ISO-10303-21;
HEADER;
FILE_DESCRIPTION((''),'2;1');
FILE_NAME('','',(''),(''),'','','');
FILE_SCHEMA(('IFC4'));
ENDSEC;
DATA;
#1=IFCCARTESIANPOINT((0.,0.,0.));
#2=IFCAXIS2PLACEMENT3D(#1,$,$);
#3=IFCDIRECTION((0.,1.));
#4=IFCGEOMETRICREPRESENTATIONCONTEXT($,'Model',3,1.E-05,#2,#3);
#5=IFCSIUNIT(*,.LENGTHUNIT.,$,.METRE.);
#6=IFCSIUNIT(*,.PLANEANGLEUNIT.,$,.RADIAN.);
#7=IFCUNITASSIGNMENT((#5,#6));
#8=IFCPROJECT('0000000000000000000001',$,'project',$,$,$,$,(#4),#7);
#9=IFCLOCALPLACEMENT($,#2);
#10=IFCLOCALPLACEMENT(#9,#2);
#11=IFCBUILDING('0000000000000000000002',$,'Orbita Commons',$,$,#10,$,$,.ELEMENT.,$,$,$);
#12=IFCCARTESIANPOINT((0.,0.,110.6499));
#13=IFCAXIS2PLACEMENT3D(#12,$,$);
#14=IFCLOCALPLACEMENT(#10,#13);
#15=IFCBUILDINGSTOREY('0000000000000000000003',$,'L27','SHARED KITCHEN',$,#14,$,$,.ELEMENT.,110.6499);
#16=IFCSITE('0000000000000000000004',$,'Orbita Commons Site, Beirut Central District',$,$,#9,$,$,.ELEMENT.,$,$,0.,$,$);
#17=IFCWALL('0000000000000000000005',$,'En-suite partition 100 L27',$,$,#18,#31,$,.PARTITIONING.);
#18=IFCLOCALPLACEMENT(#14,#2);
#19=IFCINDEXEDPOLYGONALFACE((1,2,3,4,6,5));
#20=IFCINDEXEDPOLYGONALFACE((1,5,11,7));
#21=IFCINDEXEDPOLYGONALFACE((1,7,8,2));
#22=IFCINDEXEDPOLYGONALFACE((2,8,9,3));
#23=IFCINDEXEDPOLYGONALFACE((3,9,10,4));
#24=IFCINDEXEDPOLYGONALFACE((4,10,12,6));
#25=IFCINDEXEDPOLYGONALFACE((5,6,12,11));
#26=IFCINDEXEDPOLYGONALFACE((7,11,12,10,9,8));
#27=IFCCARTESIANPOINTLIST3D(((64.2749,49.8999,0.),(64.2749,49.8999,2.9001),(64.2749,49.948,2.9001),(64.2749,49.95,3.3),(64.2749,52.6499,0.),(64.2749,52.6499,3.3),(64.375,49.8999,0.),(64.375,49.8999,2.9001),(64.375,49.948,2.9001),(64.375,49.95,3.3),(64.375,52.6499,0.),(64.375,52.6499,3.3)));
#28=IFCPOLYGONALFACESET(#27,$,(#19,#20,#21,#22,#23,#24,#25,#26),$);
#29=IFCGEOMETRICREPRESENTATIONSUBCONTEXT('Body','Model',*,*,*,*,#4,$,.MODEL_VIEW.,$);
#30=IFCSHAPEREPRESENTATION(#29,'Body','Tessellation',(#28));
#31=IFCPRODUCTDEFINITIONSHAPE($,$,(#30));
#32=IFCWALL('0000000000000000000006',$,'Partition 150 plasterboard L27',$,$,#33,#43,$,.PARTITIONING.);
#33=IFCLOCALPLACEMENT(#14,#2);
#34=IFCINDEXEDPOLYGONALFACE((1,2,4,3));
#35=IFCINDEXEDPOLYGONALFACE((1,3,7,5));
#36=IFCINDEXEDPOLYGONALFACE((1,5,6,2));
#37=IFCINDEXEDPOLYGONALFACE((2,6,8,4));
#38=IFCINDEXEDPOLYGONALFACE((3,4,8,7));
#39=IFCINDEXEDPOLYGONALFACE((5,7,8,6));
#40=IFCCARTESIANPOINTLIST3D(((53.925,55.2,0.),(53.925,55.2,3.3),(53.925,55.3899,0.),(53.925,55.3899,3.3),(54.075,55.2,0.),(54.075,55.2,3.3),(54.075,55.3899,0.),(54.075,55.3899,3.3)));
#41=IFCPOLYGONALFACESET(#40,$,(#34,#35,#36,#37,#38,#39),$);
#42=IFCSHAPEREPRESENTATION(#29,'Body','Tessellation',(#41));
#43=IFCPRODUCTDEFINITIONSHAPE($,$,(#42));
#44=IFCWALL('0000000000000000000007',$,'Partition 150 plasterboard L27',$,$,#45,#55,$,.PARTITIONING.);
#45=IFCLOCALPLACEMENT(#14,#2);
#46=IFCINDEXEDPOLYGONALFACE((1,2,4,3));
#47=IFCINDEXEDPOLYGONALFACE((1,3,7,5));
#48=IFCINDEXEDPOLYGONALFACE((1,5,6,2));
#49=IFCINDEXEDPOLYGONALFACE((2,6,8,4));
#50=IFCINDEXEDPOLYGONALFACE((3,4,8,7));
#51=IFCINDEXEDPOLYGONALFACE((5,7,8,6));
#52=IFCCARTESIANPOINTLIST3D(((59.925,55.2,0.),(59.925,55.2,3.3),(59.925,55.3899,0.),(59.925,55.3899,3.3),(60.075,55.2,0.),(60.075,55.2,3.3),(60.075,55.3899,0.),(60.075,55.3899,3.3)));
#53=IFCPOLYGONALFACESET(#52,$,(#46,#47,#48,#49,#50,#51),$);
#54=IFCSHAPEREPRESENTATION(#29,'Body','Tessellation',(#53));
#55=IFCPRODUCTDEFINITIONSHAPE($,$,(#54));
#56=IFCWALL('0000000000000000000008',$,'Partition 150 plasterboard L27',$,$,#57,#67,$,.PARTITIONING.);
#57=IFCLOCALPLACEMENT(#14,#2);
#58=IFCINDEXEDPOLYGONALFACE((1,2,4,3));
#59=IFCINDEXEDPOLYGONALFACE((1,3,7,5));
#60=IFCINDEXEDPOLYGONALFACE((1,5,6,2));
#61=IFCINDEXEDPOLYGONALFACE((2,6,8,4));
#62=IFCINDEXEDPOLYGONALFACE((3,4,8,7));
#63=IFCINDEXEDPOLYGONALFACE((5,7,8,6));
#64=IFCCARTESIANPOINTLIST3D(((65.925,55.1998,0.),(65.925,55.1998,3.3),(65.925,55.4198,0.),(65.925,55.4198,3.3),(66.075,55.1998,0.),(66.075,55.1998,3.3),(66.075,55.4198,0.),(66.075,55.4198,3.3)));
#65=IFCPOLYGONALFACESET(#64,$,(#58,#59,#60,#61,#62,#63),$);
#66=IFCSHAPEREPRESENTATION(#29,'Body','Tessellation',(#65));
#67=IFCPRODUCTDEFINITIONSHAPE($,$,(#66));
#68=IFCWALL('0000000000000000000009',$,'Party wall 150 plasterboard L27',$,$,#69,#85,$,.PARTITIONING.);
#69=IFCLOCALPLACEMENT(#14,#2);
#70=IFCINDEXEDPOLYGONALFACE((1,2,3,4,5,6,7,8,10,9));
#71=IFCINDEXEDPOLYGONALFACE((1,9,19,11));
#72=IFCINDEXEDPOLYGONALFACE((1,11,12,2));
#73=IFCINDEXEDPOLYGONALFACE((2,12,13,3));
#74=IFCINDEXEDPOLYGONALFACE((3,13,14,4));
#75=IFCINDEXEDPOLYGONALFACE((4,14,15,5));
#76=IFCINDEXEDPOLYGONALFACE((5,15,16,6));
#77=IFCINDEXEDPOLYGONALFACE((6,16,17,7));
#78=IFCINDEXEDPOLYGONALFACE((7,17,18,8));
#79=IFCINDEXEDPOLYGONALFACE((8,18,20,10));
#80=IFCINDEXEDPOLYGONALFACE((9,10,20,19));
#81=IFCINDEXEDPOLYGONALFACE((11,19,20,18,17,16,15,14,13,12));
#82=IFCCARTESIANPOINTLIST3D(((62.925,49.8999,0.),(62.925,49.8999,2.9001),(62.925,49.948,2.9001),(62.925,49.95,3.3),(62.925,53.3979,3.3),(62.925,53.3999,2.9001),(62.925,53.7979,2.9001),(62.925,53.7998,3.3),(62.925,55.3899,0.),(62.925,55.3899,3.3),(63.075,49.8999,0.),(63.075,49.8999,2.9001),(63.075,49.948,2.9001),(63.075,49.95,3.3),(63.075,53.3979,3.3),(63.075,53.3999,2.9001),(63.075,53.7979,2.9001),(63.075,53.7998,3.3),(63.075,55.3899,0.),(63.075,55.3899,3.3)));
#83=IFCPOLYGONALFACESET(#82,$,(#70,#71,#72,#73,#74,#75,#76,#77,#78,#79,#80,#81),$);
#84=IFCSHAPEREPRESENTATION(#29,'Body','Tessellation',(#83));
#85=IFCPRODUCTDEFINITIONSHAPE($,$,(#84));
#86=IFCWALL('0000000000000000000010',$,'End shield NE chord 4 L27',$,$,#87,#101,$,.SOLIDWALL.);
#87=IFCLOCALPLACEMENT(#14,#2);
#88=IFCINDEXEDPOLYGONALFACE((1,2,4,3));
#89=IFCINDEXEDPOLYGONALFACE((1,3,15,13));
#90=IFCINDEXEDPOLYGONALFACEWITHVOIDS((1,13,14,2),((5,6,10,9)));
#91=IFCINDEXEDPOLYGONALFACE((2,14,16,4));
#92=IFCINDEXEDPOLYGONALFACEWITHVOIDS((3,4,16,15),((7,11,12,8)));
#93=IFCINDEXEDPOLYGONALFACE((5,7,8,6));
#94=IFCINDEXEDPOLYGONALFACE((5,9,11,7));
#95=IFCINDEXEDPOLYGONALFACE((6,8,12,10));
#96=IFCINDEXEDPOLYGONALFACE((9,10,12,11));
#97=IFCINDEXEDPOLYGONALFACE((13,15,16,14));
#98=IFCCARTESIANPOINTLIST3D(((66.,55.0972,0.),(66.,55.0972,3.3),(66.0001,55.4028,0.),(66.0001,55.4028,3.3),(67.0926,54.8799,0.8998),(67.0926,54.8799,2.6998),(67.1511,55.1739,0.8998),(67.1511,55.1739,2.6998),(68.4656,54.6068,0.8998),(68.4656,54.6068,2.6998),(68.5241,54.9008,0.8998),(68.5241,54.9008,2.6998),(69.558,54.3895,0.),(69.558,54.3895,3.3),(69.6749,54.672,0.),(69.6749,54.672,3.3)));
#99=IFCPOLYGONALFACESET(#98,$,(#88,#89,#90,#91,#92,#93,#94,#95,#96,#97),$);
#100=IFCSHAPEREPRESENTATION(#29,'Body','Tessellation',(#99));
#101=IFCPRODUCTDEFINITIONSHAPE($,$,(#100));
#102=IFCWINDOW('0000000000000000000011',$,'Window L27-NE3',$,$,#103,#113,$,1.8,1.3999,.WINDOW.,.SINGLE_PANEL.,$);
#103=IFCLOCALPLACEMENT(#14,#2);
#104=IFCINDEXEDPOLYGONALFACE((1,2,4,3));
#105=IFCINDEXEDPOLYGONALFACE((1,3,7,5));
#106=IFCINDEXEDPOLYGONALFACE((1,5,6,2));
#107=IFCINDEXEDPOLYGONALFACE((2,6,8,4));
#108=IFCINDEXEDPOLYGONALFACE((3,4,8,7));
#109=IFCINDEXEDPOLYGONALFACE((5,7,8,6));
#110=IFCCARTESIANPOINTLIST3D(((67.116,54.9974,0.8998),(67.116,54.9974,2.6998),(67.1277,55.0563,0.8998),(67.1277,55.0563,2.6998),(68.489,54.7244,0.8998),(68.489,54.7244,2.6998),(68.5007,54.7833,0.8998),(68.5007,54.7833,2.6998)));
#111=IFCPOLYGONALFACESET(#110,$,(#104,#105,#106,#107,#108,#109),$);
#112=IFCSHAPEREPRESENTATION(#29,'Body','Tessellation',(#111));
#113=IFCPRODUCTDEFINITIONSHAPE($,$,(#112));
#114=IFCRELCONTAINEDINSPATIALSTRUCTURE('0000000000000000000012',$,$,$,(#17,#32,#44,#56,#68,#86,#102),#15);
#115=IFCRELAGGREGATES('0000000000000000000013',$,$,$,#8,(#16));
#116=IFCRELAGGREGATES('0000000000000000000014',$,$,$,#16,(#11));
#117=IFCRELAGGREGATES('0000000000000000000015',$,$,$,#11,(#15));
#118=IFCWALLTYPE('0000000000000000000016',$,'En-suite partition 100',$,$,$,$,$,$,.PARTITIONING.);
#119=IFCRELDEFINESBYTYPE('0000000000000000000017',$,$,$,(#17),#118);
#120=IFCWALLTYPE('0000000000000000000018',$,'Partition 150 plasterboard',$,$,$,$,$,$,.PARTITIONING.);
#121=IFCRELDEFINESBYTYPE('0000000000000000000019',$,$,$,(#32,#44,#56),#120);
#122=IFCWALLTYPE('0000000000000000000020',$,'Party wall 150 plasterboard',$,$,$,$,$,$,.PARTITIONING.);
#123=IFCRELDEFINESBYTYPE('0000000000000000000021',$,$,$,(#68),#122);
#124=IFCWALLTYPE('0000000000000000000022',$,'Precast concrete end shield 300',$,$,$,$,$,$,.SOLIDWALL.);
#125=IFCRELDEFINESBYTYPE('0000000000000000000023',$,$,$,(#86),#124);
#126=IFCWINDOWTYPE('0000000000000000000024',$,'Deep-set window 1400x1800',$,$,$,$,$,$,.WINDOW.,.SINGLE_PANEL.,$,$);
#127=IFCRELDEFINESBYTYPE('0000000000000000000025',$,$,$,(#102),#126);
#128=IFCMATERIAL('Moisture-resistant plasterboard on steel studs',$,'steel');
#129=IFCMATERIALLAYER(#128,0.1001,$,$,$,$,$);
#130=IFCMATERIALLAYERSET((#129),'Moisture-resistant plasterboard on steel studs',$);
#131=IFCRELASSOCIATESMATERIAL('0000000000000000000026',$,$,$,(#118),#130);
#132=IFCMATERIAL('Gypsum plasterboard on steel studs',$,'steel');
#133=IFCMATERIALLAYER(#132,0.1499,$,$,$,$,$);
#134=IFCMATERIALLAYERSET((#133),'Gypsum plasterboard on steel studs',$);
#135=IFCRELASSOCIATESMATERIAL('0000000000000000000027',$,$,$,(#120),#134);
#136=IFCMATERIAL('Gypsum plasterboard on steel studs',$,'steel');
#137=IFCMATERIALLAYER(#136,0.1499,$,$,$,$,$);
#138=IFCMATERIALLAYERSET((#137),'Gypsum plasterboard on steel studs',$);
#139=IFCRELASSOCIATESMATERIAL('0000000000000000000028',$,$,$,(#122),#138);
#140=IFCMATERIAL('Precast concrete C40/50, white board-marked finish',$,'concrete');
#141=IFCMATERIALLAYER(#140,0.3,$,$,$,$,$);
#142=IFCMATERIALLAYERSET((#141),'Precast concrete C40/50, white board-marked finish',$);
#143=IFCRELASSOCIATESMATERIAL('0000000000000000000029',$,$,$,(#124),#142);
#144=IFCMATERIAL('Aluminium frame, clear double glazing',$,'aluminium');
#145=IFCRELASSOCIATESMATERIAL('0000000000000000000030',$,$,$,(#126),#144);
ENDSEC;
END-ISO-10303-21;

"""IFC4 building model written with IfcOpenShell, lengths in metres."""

from ifc_helpers import new_model, si_unit, direction, frame, frame_2d, origin, place, context, subcontext, project, spatial, polyline, rectangle, outline, extrude, material, layer, layer_set, type_object, element, fill, save


model = new_model("IFC4")

# Units and contexts
model_context = context("Model", 3, precision=1e-05, world=origin(), true_north=direction((0.0, 1.0)))
body_context = subcontext(model_context, "Body", "Model", "MODEL_VIEW")
ifc_project = project(units=[si_unit("LENGTHUNIT", "METRE"), si_unit("PLANEANGLEUNIT", "RADIAN")], contexts=[model_context])

# Site, building, storey
site_placement = place(None, origin())
site = spatial("IfcSite", under=ifc_project, at=site_placement, Name="Orbita Commons Site, Beirut Central District", CompositionType="ELEMENT", RefElevation=0.0)
building_placement = place(site_placement, origin())
building = spatial("IfcBuilding", under=site, at=building_placement, Name="Orbita Commons", CompositionType="ELEMENT")
storey_placement = place(building_placement, frame((0.0, 0.0, 110.6499)))
storey = spatial("IfcBuildingStorey", under=building, at=storey_placement, Name="L27", Description="SHARED KITCHEN", CompositionType="ELEMENT", Elevation=110.6499)

# Shared definitions
ifc_material_1 = material(Name="Moisture-resistant plasterboard on steel studs", Category="steel")
ifc_layer_1 = layer(ifc_material_1, 0.1001)
ifc_layer_set_1 = layer_set([ifc_layer_1], Name="Moisture-resistant plasterboard on steel studs")
wall_type_1 = type_object("IfcWallType", Name="En-suite partition 100", PredefinedType="PARTITIONING", material=ifc_layer_set_1)

# Walls
wall_1_placement = place(storey_placement, frame((64.325, 52.6499, 0.0), z_axis=(0.0, 0.0, 1.0), x_axis=(0.0, -1.0, 0.0)))
element("IfcWall", 1, at=wall_1_placement, inside=storey, type_object=wall_type_1, Name="En-suite partition 100 L27", PredefinedType="PARTITIONING", context=body_context, shape_type="SweptSolid", body=[
    extrude(outline(polyline([(0.0, 0.0), (2.75, 0.0), (2.75, 2.9001), (2.7019, 2.9001), (2.7, 3.3), (0.0, 3.3), (0.0, 0.0)])), frame((0.0, 0.05, 0.0), z_axis=(0.0, -1.0, 0.0), x_axis=(1.0, 0.0, 0.0)), (0.0, 0.0, 1.0), 0.1001),
])
ifc_material_2 = material(Name="Gypsum plasterboard on steel studs", Category="steel")
ifc_layer_2 = layer(ifc_material_2, 0.1499)
ifc_layer_set_2 = layer_set([ifc_layer_2], Name="Gypsum plasterboard on steel studs")
wall_type_2 = type_object("IfcWallType", Name="Partition 150 plasterboard", PredefinedType="PARTITIONING", material=ifc_layer_set_2)
for number, where, z_axis, x_axis, name in (
    (2, (54.0, 55.2, 0.0), (0.0, 0.0, 1.0), (0.0, 1.0, 0.0), "Partition 150 plasterboard L27"),
    (3, (60.0, 55.2, 0.0), (0.0, 0.0, 1.0), (0.0, 1.0, 0.0), "Partition 150 plasterboard L27"),
):
    element("IfcWall", number, at=place(storey_placement, frame(where, z_axis=z_axis, x_axis=x_axis)), inside=storey, type_object=wall_type_2, Name=name, PredefinedType="PARTITIONING", context=body_context, shape_type="SweptSolid", body=[
        extrude(rectangle(XDim=0.1899, YDim=0.1499, at=frame_2d((0.095, 0.0))), origin(), (0.0, 0.0, 1.0), 3.3),
    ])
wall_2_placement = place(storey_placement, frame((66.0, 55.2, 0.0), z_axis=(0.0, 0.0, 1.0), x_axis=(0.0, 1.0, 0.0)))
element("IfcWall", 4, at=wall_2_placement, inside=storey, type_object=wall_type_2, Name="Partition 150 plasterboard L27", PredefinedType="PARTITIONING", context=body_context, shape_type="SweptSolid", body=[
    extrude(rectangle(XDim=0.22, YDim=0.1499, at=frame_2d((0.1099, 0.0))), origin(), (0.0, 0.0, 1.0), 3.3),
])
ifc_material_3 = material(Name="Gypsum plasterboard on steel studs", Category="steel")
ifc_layer_3 = layer(ifc_material_3, 0.1499)
ifc_layer_set_3 = layer_set([ifc_layer_3], Name="Gypsum plasterboard on steel studs")
wall_type_3 = type_object("IfcWallType", Name="Party wall 150 plasterboard", PredefinedType="PARTITIONING", material=ifc_layer_set_3)
wall_3_placement = place(storey_placement, frame((63.0, 55.3899, 0.0), z_axis=(0.0, 0.0, 1.0), x_axis=(0.0, -1.0, 0.0)))
element("IfcWall", 5, at=wall_3_placement, inside=storey, type_object=wall_type_3, Name="Party wall 150 plasterboard L27", PredefinedType="PARTITIONING", context=body_context, shape_type="SweptSolid", body=[
    extrude(outline(polyline([(0.0, 0.0), (5.49, 0.0), (5.49, 2.9001), (5.4419, 2.9001), (5.4399, 3.3), (1.9919, 3.3), (1.99, 2.9001), (1.592, 2.9001), (1.5901, 3.3), (0.0, 3.3), (0.0, 0.0)])), frame((0.0, 0.075, 0.0), z_axis=(0.0, -1.0, 0.0), x_axis=(1.0, 0.0, 0.0)), (0.0, 0.0, 1.0), 0.1499),
])

# Wall, opening, window
ifc_material_4 = material(Name="Precast concrete C40/50, white board-marked finish", Category="concrete")
ifc_layer_4 = layer(ifc_material_4, 0.3)
ifc_layer_set_4 = layer_set([ifc_layer_4], Name="Precast concrete C40/50, white board-marked finish")
wall_type_4 = type_object("IfcWallType", Name="Precast concrete end shield 300", PredefinedType="SOLIDWALL", material=ifc_layer_set_4)
wall_4_placement = place(storey_placement, frame((69.6165, 54.5308, 0.0), z_axis=(0.0, 0.0, 1.0), x_axis=(-0.980791, 0.195059, 0.0)))
wall_4 = element("IfcWall", 6, at=wall_4_placement, inside=storey, type_object=wall_type_4, Name="End shield NE chord 4 L27", PredefinedType="SOLIDWALL", context=body_context, shape_type="SweptSolid", body=[
    extrude(outline(polyline([(-0.0298, -0.1499), (3.717, -0.1499), (3.6575, 0.1499), (0.0298, 0.1499), (-0.0298, -0.1499)])), origin(), (0.0, 0.0, 1.0), 3.3),
])
opening_1_placement = place(wall_4_placement, frame((1.1436, 0.0, 0.8999)))
opening_1 = element("IfcOpeningElement", 7, at=opening_1_placement, cuts=wall_4, PredefinedType="OPENING", context=body_context, shape_type="SweptSolid", body=[
    extrude(rectangle(XDim=1.3999, YDim=1.8, at=frame_2d((0.7, 0.8999))), frame((0.0, 0.1599, 0.0), z_axis=(0.0, -1.0, 0.0), x_axis=(1.0, 0.0, 0.0)), (0.0, 0.0, 1.0), 0.3201),
])
ifc_material_5 = material(Name="Aluminium frame, clear double glazing", Category="aluminium")
window_type = type_object("IfcWindowType", Name="Deep-set window 1400x1800", PartitioningType="SINGLE_PANEL", PredefinedType="WINDOW", material=ifc_material_5)
window_placement = place(opening_1_placement, origin())
window = element("IfcWindow", 8, at=window_placement, inside=storey, type_object=window_type, Name="Window L27-NE3", OverallHeight=1.8, OverallWidth=1.3999, PartitioningType="SINGLE_PANEL", PredefinedType="WINDOW", context=body_context, shape_type="SweptSolid", body=[
    extrude(rectangle(XDim=1.3999, YDim=1.8, at=frame_2d((0.7, 0.8999))), frame((0.0, 0.03, 0.0), z_axis=(0.0, -1.0, 0.0), x_axis=(1.0, 0.0, 0.0)), (0.0, 0.0, 1.0), 0.0601),
])
fill(opening_1, window)

save(model, "model.ifc")
